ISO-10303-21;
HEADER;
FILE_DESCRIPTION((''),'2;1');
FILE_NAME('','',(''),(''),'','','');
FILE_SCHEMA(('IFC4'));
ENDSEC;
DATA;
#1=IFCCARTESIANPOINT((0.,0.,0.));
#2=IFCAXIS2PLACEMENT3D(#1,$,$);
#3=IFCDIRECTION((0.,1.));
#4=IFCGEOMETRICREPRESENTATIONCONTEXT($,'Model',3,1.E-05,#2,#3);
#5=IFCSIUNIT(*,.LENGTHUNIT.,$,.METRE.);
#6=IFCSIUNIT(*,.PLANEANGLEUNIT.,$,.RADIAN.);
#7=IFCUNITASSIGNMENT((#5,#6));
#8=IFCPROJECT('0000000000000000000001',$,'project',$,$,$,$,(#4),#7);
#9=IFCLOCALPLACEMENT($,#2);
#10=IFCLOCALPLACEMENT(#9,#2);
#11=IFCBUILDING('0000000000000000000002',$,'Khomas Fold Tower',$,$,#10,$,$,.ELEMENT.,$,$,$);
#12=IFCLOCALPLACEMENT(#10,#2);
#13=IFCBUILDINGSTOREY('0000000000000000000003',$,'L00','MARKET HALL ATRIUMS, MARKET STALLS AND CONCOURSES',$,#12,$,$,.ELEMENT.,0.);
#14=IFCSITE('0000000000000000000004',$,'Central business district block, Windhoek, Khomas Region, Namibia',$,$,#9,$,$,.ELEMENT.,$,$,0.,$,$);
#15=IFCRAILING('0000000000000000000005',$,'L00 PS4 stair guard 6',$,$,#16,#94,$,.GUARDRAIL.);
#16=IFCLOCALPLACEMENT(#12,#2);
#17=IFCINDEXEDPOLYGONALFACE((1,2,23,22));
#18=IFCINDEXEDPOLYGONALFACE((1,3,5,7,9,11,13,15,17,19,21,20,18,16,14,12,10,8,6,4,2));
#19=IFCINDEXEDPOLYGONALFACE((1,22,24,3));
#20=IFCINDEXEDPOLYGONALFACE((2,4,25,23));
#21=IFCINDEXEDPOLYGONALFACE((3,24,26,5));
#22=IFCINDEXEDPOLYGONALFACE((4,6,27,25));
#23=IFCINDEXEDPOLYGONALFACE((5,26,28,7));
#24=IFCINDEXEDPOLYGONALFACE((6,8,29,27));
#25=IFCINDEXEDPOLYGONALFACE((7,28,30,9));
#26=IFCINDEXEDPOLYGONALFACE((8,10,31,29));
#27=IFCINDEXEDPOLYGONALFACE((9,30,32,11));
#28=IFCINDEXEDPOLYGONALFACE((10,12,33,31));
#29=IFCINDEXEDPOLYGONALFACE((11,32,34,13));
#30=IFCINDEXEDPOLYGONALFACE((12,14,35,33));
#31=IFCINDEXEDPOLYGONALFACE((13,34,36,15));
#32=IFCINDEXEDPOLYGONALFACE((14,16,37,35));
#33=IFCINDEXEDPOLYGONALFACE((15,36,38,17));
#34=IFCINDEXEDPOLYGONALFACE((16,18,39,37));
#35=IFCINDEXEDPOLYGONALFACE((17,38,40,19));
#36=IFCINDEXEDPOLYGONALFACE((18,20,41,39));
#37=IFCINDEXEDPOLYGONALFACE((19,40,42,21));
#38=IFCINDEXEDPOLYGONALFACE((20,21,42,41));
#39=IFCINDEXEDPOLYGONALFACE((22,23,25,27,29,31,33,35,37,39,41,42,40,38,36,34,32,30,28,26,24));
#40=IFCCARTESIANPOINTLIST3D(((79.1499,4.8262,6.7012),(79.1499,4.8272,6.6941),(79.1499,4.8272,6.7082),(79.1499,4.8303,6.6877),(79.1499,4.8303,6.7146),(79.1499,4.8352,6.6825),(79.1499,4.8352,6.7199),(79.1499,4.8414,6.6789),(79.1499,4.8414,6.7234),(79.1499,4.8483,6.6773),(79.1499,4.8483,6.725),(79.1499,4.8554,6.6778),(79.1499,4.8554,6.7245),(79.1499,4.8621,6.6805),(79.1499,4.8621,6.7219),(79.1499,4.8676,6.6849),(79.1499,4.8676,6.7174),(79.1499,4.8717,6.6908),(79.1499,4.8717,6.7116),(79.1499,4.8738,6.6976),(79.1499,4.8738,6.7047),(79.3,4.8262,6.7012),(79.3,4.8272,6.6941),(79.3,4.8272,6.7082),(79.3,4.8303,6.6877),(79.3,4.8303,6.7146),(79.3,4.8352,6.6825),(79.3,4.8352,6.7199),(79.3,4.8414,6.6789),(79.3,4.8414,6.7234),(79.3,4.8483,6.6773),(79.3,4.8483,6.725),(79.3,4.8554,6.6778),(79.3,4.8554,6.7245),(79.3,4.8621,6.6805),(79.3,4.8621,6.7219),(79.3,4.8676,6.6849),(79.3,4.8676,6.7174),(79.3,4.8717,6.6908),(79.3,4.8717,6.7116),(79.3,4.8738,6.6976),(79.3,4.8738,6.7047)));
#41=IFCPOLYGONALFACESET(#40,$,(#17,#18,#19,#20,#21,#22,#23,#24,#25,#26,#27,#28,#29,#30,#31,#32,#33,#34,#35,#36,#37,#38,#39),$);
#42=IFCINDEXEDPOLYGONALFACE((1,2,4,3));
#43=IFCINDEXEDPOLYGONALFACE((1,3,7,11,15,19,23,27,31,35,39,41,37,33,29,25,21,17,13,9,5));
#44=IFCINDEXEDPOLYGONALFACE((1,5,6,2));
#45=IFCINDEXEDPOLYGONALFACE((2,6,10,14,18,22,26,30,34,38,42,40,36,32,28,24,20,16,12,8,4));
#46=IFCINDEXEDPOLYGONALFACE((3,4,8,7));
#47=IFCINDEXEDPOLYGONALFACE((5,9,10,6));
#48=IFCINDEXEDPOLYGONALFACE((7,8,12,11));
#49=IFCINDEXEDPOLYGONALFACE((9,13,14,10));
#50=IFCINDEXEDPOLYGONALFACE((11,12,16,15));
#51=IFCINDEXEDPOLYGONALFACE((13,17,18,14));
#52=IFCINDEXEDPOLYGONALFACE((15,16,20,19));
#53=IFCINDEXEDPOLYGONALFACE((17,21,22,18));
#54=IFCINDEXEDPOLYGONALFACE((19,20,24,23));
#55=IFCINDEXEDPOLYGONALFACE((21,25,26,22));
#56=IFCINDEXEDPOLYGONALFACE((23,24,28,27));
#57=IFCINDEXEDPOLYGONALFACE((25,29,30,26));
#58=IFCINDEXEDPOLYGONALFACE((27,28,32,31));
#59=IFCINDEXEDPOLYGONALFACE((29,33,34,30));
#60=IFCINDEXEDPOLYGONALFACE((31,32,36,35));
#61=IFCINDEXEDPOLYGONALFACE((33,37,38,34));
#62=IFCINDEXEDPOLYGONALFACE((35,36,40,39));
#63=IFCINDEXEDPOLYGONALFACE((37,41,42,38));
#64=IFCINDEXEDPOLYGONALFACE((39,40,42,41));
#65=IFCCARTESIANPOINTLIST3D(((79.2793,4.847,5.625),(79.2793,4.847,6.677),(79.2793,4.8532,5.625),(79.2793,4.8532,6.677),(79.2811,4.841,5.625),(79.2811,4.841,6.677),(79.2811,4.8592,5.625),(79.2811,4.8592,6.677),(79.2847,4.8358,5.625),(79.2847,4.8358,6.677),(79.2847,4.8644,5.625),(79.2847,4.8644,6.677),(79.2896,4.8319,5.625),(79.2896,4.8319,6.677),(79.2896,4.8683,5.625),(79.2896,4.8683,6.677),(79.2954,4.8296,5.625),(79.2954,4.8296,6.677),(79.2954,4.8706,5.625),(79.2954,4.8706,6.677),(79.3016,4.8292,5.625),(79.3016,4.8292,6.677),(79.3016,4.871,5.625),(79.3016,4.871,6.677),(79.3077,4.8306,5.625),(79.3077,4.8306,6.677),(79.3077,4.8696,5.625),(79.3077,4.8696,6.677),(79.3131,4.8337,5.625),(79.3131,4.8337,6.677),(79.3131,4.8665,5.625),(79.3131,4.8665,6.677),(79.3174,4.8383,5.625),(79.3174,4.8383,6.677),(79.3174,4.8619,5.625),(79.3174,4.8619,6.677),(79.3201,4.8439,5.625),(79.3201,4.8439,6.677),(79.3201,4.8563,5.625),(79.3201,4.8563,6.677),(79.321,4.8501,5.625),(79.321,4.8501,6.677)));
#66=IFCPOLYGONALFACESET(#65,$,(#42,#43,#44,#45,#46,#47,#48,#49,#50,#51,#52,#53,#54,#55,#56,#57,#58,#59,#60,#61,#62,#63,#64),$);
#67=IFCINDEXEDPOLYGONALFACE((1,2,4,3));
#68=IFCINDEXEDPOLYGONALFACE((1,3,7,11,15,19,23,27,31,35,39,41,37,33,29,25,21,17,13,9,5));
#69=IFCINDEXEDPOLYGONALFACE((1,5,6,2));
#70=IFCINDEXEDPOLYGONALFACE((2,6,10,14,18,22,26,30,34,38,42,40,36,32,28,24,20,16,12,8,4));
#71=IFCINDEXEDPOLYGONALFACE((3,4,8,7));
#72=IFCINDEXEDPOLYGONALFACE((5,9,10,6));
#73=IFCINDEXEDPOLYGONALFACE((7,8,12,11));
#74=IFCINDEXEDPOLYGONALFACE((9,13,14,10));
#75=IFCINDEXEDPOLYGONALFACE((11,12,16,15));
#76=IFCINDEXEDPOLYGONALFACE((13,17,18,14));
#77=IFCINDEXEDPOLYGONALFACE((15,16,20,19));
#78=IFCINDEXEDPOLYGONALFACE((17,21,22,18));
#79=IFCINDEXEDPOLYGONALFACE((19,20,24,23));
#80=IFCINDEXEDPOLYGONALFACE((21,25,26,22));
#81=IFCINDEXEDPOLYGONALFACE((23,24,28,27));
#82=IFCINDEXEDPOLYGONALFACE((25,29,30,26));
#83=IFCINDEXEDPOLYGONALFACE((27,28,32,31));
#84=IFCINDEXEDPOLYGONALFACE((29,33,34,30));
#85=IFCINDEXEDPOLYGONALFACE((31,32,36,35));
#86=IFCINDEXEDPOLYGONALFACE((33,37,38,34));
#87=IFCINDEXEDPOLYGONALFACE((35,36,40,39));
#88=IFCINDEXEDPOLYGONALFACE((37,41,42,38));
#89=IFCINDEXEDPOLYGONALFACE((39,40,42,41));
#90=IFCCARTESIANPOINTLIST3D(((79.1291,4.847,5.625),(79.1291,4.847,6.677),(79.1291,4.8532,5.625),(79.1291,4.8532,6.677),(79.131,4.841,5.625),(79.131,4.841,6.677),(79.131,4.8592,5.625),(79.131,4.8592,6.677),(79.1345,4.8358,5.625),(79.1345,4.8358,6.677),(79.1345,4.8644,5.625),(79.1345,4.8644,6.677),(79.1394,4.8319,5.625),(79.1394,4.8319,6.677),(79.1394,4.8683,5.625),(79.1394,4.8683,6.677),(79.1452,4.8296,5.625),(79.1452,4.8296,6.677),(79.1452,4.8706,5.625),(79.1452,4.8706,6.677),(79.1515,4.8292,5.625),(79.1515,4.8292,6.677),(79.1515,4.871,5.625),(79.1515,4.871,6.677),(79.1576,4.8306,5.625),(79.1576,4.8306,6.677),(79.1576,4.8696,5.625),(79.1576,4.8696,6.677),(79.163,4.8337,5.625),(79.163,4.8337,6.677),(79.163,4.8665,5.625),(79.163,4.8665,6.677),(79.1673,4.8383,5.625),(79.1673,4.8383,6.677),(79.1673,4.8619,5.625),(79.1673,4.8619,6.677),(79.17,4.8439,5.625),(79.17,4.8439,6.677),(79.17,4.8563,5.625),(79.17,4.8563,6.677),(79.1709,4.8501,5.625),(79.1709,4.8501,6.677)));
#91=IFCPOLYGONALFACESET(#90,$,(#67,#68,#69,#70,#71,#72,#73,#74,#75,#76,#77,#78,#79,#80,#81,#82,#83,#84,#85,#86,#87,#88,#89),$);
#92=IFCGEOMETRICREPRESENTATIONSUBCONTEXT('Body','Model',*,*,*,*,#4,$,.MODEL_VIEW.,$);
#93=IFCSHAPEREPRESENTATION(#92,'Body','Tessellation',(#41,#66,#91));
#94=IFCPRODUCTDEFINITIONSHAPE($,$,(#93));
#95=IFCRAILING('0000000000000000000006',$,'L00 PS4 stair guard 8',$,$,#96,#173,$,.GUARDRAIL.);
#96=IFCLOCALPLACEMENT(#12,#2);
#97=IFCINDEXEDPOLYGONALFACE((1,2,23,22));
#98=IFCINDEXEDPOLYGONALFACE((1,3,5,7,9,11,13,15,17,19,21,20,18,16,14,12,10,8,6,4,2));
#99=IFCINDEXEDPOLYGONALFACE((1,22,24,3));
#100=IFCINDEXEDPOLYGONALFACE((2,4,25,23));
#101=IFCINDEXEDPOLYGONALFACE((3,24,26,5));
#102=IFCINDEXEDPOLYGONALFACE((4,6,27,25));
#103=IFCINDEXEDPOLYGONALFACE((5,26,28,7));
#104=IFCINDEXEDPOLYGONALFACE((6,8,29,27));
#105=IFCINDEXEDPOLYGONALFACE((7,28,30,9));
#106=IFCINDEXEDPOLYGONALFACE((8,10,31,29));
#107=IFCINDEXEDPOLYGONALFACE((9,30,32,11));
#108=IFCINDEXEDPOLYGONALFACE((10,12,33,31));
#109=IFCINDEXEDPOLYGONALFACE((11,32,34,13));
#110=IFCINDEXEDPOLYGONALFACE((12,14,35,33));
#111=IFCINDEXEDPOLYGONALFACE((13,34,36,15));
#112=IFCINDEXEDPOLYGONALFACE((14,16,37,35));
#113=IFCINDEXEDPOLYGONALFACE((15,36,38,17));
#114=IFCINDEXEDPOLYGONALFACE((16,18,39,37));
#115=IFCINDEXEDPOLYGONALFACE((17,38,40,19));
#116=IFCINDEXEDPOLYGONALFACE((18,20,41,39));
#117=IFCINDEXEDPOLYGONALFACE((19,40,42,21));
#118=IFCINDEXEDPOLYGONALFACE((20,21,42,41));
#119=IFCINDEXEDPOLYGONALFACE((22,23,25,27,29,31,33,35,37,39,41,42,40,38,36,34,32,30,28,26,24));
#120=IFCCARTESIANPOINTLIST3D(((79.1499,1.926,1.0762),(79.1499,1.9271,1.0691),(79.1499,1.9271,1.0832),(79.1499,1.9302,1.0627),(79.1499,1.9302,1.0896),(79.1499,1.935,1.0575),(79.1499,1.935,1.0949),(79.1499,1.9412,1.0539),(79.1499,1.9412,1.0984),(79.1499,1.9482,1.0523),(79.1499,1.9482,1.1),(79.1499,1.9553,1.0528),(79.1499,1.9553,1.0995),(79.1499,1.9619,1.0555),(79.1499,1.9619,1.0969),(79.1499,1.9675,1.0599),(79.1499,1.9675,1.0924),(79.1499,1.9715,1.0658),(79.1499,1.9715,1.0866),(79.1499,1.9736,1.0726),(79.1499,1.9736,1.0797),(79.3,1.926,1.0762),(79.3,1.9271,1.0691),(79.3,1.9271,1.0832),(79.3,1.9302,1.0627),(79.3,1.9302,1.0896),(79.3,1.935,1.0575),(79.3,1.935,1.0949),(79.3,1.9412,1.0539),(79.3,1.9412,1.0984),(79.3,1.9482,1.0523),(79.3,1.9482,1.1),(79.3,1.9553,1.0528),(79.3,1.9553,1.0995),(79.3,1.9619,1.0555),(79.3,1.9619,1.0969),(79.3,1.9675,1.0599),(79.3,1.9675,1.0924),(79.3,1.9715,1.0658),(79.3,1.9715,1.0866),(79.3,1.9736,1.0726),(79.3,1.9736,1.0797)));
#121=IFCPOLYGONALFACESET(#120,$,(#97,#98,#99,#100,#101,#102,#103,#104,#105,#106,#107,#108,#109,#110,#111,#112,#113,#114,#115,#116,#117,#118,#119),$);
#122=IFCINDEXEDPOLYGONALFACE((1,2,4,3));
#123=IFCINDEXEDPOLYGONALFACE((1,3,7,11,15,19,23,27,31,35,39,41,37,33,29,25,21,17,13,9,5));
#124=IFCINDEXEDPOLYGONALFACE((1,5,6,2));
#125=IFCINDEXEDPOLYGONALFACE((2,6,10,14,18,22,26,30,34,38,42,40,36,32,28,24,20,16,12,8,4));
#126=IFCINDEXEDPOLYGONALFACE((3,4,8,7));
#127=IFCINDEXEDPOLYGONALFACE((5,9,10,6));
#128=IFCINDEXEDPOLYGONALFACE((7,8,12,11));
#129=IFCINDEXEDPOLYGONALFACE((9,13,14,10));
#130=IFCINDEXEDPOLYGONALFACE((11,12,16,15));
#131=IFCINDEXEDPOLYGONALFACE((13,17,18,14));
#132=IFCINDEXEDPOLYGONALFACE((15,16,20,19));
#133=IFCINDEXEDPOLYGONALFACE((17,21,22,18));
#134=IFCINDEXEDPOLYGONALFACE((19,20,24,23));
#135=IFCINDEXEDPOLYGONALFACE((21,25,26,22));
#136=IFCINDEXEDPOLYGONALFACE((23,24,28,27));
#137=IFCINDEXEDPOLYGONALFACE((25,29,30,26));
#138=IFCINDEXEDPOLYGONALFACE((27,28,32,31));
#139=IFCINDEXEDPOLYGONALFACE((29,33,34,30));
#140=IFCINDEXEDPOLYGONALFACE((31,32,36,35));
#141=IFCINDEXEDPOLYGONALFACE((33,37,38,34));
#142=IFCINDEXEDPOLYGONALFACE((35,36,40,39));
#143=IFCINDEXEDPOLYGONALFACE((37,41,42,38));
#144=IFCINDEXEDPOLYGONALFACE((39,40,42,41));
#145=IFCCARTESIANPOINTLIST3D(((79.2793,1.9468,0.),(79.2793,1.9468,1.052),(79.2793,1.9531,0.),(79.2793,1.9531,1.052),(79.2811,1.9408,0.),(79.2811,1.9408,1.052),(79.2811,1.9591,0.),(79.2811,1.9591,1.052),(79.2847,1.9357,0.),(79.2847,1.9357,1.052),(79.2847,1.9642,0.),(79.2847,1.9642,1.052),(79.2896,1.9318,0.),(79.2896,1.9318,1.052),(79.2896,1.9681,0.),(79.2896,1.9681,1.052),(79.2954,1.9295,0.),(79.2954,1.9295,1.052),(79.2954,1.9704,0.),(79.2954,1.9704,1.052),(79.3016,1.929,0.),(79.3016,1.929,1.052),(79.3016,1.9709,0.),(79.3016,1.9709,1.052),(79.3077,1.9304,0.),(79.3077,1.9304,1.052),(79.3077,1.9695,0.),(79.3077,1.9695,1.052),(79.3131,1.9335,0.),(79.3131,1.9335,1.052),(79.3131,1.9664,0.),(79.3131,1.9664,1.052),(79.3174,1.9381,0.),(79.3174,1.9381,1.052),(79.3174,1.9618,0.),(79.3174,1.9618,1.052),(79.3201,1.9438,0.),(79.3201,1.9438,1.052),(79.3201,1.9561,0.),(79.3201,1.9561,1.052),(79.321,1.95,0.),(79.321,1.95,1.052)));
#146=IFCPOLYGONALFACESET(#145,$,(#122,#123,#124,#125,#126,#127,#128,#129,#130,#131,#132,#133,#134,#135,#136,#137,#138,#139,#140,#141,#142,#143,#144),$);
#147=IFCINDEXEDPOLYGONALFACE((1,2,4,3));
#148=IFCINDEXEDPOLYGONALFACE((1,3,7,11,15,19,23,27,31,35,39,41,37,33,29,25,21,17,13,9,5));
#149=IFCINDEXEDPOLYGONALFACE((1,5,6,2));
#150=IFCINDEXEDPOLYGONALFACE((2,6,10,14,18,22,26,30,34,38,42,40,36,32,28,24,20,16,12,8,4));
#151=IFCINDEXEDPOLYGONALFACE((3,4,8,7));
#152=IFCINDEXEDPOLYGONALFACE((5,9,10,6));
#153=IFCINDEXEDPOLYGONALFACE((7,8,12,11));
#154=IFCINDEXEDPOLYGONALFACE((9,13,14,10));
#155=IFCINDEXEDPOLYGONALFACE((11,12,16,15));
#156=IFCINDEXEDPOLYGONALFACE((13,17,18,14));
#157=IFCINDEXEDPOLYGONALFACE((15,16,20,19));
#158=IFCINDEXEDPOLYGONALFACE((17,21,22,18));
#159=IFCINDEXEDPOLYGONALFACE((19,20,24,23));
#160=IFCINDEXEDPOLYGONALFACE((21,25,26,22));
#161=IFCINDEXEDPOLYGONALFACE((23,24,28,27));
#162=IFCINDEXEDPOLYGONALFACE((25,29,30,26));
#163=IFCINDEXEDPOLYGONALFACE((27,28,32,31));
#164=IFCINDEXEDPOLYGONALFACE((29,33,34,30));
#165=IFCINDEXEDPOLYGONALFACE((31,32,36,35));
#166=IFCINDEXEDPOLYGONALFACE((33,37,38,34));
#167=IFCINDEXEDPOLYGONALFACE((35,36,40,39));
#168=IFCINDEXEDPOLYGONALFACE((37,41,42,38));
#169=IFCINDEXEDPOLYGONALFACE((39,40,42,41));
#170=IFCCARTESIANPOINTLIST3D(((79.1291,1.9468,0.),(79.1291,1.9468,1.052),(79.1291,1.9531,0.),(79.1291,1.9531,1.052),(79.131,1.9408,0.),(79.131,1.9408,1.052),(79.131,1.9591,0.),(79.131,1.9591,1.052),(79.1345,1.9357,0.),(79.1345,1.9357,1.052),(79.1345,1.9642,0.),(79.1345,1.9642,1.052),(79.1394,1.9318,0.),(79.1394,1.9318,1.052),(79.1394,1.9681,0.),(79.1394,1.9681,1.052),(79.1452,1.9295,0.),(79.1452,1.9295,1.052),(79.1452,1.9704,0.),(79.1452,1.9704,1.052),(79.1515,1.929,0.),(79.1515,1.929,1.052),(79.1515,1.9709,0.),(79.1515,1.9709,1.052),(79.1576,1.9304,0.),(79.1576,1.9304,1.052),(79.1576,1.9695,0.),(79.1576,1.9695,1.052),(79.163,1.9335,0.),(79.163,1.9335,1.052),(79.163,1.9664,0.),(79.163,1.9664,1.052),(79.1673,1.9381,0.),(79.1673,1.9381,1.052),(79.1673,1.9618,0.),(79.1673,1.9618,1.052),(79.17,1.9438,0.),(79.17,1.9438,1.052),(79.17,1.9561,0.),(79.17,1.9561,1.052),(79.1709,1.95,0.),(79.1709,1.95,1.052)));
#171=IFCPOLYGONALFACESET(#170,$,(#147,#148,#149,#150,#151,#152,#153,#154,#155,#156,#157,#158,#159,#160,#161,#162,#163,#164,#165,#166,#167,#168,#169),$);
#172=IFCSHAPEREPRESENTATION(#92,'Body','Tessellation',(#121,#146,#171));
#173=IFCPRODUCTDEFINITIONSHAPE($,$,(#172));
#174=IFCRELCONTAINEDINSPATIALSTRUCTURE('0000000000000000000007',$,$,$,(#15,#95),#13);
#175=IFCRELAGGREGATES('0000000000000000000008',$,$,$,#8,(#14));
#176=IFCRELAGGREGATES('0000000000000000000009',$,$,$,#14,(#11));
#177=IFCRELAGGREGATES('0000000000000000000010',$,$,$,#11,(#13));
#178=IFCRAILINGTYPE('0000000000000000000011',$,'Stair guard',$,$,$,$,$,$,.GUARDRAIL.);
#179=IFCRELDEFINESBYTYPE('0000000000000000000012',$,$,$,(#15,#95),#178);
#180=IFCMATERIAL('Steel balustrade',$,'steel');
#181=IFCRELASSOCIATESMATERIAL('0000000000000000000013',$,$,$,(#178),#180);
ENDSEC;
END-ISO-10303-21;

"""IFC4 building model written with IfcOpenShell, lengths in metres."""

from ifc_helpers import new_model, si_unit, direction, frame, origin, origin_2d, place, context, subcontext, project, spatial, circle, extrude, source, transform, mapped, material, type_object, element, save


model = new_model("IFC4")

# Units and contexts
model_context = context("Model", 3, precision=1e-05, world=origin(), true_north=direction((0.0, 1.0)))
body_context = subcontext(model_context, "Body", "Model", "MODEL_VIEW")
ifc_project = project(units=[si_unit("LENGTHUNIT", "METRE"), si_unit("PLANEANGLEUNIT", "RADIAN")], contexts=[model_context])

# Site, building, storey
site_placement = place(None, origin())
site = spatial("IfcSite", under=ifc_project, at=site_placement, Name="Central business district block, Windhoek, Khomas Region, Namibia", CompositionType="ELEMENT", RefElevation=0.0)
building_placement = place(site_placement, origin())
building = spatial("IfcBuilding", under=site, at=building_placement, Name="Khomas Fold Tower", CompositionType="ELEMENT")
storey_placement = place(building_placement, origin())
storey = spatial("IfcBuildingStorey", under=building, at=storey_placement, Name="L00", Description="MARKET HALL ATRIUMS, MARKET STALLS AND CONCOURSES", CompositionType="ELEMENT", Elevation=0.0)

# Railings
ifc_material_1 = material(Name="Steel balustrade", Category="steel")
railing_type_1 = type_object("IfcRailingType", Name="Stair guard", PredefinedType="GUARDRAIL", material=ifc_material_1)
shared_shape_1 = source(origin(), body_context, "Body", "SweptSolid", [
    extrude(circle(Radius=0.0239, at=origin_2d()), frame((0.0, 0.0, 1.0762), z_axis=(-1.0, 0.0, 0.0), x_axis=(0.0, -1.0, 0.0)), (0.0, 0.0, 1.0), 0.1501),
    extrude(circle(Radius=0.021, at=origin_2d()), origin(), (0.0, 0.0, 1.0), 1.052),
    extrude(circle(Radius=0.021, at=origin_2d()), frame((-0.1501, 0.0, 0.0)), (0.0, 0.0, 1.0), 1.052),
])
for number, where, name in (
    (1, (79.3, 4.8501, 5.625), "L00 PS4 stair guard 6"),
    (2, (79.3, 1.95, 0.0), "L00 PS4 stair guard 8"),
):
    element("IfcRailing", number, at=place(storey_placement, frame(where)), inside=storey, type_object=railing_type_1, Name=name, PredefinedType="GUARDRAIL", context=body_context, shape_type="MappedRepresentation", body=[
        mapped(shared_shape_1, transform((0.0, 0.0, 0.0))),
    ])

save(model, "model.ifc")
